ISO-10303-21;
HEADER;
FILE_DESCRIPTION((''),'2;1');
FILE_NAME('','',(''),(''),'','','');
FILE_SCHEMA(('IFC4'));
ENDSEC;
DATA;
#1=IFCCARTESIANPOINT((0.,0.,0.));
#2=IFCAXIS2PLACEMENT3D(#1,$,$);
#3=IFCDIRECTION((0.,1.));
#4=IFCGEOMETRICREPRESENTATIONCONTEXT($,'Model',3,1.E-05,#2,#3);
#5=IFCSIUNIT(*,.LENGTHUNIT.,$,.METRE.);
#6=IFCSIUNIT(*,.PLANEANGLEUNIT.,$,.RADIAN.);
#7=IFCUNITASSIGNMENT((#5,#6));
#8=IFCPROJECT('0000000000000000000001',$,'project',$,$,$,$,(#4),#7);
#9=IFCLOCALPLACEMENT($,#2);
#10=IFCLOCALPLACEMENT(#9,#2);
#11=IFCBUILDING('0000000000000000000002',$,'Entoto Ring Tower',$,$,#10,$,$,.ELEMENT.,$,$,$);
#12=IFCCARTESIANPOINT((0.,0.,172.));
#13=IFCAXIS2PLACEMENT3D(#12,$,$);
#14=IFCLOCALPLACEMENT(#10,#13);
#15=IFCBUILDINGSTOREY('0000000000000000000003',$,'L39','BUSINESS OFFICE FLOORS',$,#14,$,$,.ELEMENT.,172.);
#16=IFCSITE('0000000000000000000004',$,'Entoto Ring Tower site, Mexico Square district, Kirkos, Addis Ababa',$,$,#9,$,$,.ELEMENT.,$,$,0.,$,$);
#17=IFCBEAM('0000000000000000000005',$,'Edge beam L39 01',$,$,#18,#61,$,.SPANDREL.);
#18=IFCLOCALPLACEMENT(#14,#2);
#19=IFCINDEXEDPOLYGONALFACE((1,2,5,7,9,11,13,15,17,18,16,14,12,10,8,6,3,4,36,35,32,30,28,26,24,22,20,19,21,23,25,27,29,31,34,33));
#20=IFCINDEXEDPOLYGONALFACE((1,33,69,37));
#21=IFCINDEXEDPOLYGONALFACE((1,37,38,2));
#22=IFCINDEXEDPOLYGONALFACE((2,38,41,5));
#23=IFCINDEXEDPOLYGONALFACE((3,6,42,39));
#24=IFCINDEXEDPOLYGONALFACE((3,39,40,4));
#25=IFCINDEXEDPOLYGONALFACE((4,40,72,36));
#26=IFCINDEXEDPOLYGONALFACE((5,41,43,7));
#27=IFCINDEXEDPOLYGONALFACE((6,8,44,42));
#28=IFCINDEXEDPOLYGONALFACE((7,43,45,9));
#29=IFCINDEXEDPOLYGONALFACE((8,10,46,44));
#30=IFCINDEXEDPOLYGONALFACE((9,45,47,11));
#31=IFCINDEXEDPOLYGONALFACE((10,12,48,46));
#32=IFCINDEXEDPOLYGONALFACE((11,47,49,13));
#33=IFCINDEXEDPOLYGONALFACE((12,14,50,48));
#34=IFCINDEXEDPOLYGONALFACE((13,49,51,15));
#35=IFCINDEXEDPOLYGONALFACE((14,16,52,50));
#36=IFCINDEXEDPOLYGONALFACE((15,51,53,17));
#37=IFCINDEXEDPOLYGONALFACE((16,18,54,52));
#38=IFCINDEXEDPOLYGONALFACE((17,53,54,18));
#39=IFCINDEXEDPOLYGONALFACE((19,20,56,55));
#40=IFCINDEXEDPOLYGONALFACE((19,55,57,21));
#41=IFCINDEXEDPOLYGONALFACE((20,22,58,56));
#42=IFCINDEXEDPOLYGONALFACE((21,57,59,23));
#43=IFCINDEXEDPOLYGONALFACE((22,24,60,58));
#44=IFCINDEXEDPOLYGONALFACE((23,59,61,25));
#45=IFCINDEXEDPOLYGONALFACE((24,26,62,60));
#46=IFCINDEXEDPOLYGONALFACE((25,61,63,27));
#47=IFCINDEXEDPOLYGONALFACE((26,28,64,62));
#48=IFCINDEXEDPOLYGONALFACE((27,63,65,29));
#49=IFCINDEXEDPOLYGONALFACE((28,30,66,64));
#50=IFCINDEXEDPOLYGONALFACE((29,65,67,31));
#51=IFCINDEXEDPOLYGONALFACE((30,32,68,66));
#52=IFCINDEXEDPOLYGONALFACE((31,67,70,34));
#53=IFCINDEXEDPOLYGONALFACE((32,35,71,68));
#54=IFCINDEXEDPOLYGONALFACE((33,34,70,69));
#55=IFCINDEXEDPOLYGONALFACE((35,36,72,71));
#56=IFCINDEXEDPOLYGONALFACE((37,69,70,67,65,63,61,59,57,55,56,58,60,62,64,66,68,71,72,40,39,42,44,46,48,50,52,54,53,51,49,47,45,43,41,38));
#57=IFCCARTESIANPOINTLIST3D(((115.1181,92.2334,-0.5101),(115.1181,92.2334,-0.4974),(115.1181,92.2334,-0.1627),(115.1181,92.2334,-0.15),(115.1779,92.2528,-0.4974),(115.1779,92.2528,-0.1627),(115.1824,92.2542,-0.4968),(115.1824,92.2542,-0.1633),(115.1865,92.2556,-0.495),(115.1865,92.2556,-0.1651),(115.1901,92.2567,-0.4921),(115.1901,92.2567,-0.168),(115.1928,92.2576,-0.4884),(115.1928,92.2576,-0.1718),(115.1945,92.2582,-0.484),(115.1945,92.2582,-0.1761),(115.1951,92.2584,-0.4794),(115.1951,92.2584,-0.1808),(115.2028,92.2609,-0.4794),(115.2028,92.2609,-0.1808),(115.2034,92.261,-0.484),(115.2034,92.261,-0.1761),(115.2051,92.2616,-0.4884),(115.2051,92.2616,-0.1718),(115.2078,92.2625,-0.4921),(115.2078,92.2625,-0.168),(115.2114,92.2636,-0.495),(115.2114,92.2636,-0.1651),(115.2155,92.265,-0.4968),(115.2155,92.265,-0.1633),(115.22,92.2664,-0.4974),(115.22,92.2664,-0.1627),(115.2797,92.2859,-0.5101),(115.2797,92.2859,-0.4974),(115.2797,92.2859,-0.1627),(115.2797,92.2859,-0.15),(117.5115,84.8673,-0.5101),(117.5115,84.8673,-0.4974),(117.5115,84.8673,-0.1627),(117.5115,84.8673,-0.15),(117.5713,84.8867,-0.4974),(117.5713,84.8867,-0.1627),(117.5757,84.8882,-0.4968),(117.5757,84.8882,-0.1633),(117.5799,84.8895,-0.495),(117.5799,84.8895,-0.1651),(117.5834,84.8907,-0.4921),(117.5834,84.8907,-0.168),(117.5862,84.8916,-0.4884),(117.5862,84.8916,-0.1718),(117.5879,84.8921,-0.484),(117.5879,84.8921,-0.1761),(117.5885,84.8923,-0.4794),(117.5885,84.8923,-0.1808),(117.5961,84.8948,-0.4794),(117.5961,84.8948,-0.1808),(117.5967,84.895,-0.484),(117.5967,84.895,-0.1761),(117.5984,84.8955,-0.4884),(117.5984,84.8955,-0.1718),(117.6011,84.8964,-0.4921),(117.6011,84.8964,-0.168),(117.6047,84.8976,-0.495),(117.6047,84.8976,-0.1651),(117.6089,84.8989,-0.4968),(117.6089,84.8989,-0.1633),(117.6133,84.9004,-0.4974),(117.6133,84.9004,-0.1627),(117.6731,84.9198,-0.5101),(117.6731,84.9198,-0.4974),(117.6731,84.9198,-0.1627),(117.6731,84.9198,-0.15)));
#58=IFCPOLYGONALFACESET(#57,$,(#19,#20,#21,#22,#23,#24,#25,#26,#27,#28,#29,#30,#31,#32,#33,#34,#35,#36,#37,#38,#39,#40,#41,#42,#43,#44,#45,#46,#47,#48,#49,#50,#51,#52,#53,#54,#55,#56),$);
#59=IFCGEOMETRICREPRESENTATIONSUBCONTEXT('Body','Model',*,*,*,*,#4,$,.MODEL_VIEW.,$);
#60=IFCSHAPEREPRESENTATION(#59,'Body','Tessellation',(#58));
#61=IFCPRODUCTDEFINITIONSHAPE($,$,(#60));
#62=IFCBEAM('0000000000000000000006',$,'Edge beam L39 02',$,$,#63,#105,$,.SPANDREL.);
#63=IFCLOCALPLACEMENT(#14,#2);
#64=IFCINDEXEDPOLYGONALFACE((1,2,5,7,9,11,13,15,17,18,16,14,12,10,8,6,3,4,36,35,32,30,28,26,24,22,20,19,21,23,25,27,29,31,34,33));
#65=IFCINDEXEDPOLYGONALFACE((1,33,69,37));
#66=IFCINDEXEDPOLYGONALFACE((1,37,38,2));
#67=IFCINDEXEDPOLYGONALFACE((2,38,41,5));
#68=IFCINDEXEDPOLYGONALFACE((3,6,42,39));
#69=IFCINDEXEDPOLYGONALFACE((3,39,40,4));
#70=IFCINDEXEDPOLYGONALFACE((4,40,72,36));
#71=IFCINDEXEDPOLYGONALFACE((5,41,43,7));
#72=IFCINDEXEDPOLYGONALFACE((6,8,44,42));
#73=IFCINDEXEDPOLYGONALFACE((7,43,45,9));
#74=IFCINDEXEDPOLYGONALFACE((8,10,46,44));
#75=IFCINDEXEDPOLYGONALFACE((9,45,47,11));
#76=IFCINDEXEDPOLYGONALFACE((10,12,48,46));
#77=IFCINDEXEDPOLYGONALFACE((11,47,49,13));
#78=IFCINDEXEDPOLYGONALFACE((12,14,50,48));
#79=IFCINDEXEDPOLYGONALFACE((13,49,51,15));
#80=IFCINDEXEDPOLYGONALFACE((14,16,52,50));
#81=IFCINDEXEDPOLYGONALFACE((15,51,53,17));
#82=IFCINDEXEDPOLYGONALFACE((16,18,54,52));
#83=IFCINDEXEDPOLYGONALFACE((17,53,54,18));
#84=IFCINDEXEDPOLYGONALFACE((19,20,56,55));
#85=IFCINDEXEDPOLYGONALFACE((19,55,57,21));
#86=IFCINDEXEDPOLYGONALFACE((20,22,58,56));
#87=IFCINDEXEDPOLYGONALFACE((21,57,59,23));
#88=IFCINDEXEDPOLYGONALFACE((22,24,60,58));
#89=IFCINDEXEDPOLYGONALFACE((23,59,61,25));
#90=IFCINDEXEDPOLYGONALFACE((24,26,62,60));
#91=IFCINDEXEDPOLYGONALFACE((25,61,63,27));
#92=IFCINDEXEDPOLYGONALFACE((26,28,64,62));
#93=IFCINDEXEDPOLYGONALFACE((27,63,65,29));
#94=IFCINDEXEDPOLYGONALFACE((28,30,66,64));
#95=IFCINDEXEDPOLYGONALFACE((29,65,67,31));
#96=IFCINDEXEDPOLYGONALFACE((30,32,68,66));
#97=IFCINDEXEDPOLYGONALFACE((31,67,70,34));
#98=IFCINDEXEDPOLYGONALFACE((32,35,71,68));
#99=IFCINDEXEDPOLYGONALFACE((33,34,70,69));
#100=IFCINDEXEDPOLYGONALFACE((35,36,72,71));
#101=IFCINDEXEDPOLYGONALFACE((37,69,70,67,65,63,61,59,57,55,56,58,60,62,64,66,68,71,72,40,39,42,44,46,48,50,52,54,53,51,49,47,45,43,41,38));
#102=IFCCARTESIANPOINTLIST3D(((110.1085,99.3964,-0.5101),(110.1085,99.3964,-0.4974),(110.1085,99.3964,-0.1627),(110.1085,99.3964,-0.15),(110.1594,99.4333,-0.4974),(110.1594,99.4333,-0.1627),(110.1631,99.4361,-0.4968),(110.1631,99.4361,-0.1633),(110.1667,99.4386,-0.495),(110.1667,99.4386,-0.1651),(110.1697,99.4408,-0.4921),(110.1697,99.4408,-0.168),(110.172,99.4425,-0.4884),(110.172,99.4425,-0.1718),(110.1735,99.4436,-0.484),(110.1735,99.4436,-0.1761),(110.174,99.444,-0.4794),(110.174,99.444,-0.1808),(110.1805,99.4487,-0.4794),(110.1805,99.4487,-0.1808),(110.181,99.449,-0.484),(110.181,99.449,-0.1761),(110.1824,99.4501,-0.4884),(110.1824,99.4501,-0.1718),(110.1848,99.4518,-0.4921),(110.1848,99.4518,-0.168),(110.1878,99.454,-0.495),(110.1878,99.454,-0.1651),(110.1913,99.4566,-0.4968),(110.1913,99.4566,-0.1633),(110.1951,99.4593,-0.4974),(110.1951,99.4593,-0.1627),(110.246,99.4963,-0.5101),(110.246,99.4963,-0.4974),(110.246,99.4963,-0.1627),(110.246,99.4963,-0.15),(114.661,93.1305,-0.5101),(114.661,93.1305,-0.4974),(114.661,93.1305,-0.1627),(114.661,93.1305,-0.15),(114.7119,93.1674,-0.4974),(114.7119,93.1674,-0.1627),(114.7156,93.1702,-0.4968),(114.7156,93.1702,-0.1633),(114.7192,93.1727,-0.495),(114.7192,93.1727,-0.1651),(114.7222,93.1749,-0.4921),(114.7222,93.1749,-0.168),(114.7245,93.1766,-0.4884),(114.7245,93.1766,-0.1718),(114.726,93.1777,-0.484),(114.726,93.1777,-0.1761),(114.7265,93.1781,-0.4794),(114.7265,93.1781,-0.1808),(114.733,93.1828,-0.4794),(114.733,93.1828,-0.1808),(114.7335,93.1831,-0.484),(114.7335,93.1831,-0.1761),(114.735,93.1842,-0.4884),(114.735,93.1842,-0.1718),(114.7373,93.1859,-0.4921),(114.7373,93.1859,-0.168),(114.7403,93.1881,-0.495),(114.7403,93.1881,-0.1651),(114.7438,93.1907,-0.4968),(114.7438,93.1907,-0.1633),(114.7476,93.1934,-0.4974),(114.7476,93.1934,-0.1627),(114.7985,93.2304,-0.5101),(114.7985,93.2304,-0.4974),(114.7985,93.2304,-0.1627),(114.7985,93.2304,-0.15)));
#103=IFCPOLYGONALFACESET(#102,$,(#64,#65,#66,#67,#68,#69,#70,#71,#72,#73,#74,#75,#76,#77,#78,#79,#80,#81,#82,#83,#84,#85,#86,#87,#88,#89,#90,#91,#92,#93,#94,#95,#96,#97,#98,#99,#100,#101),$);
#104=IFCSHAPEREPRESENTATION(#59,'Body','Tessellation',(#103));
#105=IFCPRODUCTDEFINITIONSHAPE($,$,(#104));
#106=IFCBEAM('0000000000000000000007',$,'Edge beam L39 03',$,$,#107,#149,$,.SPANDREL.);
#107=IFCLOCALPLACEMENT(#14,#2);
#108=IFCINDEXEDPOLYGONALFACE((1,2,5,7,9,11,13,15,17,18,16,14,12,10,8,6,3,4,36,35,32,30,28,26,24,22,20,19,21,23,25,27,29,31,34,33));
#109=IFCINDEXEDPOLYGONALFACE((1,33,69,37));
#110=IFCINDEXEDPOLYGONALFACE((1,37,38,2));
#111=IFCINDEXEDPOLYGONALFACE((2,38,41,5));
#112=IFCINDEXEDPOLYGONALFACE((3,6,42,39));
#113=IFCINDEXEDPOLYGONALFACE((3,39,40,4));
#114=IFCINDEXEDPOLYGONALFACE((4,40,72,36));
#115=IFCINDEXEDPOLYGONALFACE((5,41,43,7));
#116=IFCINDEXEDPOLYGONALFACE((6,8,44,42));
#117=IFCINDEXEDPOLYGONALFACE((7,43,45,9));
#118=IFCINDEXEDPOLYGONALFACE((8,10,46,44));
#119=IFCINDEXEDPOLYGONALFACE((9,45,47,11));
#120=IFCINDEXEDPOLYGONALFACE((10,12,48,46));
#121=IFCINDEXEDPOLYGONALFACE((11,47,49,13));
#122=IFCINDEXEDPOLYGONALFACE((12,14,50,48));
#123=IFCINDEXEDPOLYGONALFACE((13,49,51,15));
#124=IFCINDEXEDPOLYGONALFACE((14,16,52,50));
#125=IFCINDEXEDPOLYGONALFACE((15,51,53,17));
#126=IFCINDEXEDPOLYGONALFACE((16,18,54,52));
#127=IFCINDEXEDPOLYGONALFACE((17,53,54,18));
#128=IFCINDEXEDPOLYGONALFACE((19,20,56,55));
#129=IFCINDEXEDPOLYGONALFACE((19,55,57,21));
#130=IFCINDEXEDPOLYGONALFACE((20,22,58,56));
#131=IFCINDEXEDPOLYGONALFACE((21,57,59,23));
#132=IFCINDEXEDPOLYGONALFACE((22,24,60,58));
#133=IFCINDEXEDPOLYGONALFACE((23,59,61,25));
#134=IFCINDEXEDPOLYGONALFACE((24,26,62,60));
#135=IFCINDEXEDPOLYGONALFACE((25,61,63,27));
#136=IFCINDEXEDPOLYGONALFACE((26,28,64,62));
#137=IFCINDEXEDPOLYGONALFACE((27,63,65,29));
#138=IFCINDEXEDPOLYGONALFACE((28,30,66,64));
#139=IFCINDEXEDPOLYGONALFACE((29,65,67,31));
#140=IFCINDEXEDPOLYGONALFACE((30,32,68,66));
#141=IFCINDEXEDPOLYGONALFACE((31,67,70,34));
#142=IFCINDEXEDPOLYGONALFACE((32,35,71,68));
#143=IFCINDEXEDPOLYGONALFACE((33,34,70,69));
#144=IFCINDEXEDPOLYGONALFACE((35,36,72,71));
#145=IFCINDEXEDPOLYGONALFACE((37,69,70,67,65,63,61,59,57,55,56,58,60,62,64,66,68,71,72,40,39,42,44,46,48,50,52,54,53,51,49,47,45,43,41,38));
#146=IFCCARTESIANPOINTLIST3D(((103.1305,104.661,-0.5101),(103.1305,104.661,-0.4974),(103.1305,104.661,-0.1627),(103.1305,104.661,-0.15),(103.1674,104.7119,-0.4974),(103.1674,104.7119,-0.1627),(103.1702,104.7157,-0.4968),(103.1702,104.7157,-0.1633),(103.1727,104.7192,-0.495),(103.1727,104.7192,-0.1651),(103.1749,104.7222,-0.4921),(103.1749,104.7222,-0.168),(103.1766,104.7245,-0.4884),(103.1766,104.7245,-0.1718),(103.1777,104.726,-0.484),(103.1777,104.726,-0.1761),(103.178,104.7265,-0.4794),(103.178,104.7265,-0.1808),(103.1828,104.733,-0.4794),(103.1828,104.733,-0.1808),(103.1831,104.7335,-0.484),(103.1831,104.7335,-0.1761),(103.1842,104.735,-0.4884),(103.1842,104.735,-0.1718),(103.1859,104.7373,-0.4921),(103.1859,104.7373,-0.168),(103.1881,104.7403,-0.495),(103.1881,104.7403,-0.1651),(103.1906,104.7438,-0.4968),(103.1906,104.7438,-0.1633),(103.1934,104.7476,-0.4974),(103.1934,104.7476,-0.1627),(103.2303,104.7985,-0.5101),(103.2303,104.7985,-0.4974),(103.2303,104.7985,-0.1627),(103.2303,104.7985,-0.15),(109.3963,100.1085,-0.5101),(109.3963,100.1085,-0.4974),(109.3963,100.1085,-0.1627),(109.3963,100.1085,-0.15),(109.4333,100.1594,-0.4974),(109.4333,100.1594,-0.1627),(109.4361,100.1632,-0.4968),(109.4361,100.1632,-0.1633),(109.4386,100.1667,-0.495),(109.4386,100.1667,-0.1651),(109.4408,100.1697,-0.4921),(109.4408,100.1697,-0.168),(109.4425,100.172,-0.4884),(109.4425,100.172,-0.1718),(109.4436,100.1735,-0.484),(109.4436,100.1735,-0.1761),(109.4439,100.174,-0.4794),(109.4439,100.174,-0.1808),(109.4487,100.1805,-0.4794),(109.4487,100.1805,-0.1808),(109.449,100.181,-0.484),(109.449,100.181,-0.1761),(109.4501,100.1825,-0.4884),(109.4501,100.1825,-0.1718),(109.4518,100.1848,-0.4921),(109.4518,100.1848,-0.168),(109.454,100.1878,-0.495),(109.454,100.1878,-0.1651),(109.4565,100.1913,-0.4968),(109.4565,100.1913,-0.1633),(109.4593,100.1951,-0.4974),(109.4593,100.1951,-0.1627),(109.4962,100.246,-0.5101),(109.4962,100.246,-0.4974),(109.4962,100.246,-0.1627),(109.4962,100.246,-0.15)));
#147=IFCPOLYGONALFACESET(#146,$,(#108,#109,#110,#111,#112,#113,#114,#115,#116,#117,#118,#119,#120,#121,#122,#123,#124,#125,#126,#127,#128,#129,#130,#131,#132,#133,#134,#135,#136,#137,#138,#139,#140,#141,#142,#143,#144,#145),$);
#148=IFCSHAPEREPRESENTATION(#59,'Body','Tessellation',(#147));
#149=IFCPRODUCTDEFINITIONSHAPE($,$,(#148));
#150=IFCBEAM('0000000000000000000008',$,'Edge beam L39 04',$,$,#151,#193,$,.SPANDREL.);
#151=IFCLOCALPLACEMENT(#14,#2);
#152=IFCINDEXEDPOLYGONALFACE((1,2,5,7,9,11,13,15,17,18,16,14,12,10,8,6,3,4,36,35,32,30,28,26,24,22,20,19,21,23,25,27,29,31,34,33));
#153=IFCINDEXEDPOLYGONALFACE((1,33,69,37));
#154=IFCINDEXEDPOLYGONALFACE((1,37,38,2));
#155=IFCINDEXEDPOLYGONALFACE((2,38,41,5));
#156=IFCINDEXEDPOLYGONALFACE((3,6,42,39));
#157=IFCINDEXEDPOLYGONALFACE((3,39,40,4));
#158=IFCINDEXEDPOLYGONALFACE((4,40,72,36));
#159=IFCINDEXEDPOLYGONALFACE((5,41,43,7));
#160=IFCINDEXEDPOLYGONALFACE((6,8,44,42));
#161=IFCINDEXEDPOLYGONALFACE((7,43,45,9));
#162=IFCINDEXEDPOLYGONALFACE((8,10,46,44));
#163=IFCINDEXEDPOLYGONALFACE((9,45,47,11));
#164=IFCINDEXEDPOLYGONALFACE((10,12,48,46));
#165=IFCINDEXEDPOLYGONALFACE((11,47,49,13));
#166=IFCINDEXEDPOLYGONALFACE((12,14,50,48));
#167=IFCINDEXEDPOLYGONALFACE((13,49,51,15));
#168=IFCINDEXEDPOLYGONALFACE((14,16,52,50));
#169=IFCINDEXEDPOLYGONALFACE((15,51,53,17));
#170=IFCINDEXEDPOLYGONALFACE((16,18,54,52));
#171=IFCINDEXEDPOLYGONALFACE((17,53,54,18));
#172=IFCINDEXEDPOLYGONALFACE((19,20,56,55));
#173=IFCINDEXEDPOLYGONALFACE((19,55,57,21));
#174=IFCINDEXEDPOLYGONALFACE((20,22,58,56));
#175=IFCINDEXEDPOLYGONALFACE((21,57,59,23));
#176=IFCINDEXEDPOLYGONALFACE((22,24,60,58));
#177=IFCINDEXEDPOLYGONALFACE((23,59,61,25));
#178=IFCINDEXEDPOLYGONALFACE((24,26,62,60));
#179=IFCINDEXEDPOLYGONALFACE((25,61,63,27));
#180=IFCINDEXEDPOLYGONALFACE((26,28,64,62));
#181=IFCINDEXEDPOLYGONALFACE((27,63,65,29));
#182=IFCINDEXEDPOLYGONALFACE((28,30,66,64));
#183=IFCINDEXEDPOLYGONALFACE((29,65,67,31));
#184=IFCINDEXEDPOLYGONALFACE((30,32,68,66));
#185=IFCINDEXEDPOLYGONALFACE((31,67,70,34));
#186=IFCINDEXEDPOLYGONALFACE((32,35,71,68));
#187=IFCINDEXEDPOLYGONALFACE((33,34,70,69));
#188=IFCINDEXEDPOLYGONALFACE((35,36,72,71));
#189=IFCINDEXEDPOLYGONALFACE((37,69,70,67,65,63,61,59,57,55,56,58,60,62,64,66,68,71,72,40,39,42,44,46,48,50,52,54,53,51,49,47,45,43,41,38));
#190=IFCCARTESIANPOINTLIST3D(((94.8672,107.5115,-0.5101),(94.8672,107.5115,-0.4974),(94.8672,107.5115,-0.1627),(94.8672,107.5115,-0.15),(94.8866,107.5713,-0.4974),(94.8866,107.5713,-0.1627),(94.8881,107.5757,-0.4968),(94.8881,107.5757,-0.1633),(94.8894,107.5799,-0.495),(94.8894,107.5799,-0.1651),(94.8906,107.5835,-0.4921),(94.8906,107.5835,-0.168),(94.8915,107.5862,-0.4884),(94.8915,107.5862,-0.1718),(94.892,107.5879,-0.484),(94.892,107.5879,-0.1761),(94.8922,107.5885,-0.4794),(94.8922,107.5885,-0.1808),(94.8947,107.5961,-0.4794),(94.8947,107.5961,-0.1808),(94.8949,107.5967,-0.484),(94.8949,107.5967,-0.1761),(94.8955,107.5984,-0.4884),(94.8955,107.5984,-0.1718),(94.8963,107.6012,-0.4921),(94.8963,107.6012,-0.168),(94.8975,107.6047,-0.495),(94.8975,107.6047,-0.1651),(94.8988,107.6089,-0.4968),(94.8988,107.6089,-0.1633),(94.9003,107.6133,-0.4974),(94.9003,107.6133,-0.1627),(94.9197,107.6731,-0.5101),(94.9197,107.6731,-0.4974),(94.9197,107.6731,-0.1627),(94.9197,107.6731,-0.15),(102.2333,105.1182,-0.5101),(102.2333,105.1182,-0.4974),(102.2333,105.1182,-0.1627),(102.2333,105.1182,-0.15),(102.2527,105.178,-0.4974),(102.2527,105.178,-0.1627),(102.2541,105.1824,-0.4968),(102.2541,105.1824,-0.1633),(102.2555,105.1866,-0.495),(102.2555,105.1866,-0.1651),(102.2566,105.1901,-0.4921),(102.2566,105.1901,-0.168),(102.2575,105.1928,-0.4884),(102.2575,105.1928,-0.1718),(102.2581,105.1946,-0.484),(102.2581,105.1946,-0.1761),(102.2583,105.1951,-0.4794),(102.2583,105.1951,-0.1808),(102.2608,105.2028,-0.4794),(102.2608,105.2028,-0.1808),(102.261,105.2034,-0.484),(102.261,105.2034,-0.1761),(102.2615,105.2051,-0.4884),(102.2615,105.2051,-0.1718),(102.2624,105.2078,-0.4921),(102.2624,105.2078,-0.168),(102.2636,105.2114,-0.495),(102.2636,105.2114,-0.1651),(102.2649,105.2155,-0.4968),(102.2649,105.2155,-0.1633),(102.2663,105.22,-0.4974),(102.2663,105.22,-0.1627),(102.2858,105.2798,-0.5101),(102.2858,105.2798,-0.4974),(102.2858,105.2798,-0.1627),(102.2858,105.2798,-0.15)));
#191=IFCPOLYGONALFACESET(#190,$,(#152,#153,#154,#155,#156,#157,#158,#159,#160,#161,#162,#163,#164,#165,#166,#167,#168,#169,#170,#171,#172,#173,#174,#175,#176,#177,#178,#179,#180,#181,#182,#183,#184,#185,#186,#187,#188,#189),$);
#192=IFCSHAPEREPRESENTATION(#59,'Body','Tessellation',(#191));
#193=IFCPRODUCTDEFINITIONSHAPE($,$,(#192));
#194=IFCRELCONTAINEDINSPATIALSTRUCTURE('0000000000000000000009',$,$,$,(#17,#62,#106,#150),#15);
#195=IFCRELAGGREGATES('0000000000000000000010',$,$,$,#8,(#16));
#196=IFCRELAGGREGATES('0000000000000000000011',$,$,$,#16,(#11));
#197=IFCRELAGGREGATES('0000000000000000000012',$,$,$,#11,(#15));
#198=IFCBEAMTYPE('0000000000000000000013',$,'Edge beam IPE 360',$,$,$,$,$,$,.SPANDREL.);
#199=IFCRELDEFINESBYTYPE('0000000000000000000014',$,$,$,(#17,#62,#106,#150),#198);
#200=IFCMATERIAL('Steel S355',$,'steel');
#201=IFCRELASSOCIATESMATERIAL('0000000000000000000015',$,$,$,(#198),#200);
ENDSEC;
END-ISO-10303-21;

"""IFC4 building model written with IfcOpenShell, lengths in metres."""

from ifc_helpers import new_model, si_unit, direction, frame, origin, origin_2d, place, context, subcontext, project, spatial, i_section, extrude, material, material_profile, profile_set, type_object, element, save


model = new_model("IFC4")

# Units and contexts
model_context = context("Model", 3, precision=1e-05, world=origin(), true_north=direction((0.0, 1.0)))
body_context = subcontext(model_context, "Body", "Model", "MODEL_VIEW")
ifc_project = project(units=[si_unit("LENGTHUNIT", "METRE"), si_unit("PLANEANGLEUNIT", "RADIAN")], contexts=[model_context])

# Site, building, storey
site_placement = place(None, origin())
site = spatial("IfcSite", under=ifc_project, at=site_placement, Name="Entoto Ring Tower site, Mexico Square district, Kirkos, Addis Ababa", CompositionType="ELEMENT", RefElevation=0.0)
building_placement = place(site_placement, origin())
building = spatial("IfcBuilding", under=site, at=building_placement, Name="Entoto Ring Tower", CompositionType="ELEMENT")
storey_placement = place(building_placement, frame((0.0, 0.0, 172.0)))
storey = spatial("IfcBuildingStorey", under=building, at=storey_placement, Name="L39", Description="BUSINESS OFFICE FLOORS", CompositionType="ELEMENT", Elevation=172.0)

# Beams
ifc_material_1 = material(Name="Steel S355", Category="steel")
ifc_material_profile_1 = material_profile(ifc_material_1, i_section(OverallWidth=0.1699, OverallDepth=0.3601, WebThickness=0.0081, FlangeThickness=0.0127, FilletRadius=0.0181, at=origin_2d()), Name="IPE 360")
ifc_profile_set_1 = profile_set([ifc_material_profile_1], Name="Steel S355")
beam_type_1 = type_object("IfcBeamType", Name="Edge beam IPE 360", PredefinedType="SPANDREL", material=ifc_profile_set_1)
for number, where, z_axis, x_axis, name in (
    (1, (117.5923, 84.8936, -0.3301), (-0.309013, 0.951058, 0.0), (-0.951058, -0.309013, 0.0), "Edge beam L39 01"),
    (2, (114.7297, 93.1804, -0.3301), (-0.587791, 0.809013, 0.0), (-0.809013, -0.587791, 0.0), "Edge beam L39 02"),
    (3, (109.4463, 100.1772, -0.3301), (-0.809013, 0.587791, 0.0), (-0.587791, -0.809013, 0.0), "Edge beam L39 03"),
    (4, (102.2595, 105.199, -0.3301), (-0.951058, 0.309013, 0.0), (-0.309013, -0.951058, 0.0), "Edge beam L39 04"),
):
    element("IfcBeam", number, at=place(storey_placement, frame(where, z_axis=z_axis, x_axis=x_axis)), inside=storey, type_object=beam_type_1, Name=name, PredefinedType="SPANDREL", context=body_context, shape_type="SweptSolid", body=[
        extrude(i_section(OverallWidth=0.1699, OverallDepth=0.3601, WebThickness=0.0081, FlangeThickness=0.0127, FilletRadius=0.0181, at=origin_2d()), origin(), (0.0, 0.0, 1.0), 7.7451),
    ])

save(model, "model.ifc")
